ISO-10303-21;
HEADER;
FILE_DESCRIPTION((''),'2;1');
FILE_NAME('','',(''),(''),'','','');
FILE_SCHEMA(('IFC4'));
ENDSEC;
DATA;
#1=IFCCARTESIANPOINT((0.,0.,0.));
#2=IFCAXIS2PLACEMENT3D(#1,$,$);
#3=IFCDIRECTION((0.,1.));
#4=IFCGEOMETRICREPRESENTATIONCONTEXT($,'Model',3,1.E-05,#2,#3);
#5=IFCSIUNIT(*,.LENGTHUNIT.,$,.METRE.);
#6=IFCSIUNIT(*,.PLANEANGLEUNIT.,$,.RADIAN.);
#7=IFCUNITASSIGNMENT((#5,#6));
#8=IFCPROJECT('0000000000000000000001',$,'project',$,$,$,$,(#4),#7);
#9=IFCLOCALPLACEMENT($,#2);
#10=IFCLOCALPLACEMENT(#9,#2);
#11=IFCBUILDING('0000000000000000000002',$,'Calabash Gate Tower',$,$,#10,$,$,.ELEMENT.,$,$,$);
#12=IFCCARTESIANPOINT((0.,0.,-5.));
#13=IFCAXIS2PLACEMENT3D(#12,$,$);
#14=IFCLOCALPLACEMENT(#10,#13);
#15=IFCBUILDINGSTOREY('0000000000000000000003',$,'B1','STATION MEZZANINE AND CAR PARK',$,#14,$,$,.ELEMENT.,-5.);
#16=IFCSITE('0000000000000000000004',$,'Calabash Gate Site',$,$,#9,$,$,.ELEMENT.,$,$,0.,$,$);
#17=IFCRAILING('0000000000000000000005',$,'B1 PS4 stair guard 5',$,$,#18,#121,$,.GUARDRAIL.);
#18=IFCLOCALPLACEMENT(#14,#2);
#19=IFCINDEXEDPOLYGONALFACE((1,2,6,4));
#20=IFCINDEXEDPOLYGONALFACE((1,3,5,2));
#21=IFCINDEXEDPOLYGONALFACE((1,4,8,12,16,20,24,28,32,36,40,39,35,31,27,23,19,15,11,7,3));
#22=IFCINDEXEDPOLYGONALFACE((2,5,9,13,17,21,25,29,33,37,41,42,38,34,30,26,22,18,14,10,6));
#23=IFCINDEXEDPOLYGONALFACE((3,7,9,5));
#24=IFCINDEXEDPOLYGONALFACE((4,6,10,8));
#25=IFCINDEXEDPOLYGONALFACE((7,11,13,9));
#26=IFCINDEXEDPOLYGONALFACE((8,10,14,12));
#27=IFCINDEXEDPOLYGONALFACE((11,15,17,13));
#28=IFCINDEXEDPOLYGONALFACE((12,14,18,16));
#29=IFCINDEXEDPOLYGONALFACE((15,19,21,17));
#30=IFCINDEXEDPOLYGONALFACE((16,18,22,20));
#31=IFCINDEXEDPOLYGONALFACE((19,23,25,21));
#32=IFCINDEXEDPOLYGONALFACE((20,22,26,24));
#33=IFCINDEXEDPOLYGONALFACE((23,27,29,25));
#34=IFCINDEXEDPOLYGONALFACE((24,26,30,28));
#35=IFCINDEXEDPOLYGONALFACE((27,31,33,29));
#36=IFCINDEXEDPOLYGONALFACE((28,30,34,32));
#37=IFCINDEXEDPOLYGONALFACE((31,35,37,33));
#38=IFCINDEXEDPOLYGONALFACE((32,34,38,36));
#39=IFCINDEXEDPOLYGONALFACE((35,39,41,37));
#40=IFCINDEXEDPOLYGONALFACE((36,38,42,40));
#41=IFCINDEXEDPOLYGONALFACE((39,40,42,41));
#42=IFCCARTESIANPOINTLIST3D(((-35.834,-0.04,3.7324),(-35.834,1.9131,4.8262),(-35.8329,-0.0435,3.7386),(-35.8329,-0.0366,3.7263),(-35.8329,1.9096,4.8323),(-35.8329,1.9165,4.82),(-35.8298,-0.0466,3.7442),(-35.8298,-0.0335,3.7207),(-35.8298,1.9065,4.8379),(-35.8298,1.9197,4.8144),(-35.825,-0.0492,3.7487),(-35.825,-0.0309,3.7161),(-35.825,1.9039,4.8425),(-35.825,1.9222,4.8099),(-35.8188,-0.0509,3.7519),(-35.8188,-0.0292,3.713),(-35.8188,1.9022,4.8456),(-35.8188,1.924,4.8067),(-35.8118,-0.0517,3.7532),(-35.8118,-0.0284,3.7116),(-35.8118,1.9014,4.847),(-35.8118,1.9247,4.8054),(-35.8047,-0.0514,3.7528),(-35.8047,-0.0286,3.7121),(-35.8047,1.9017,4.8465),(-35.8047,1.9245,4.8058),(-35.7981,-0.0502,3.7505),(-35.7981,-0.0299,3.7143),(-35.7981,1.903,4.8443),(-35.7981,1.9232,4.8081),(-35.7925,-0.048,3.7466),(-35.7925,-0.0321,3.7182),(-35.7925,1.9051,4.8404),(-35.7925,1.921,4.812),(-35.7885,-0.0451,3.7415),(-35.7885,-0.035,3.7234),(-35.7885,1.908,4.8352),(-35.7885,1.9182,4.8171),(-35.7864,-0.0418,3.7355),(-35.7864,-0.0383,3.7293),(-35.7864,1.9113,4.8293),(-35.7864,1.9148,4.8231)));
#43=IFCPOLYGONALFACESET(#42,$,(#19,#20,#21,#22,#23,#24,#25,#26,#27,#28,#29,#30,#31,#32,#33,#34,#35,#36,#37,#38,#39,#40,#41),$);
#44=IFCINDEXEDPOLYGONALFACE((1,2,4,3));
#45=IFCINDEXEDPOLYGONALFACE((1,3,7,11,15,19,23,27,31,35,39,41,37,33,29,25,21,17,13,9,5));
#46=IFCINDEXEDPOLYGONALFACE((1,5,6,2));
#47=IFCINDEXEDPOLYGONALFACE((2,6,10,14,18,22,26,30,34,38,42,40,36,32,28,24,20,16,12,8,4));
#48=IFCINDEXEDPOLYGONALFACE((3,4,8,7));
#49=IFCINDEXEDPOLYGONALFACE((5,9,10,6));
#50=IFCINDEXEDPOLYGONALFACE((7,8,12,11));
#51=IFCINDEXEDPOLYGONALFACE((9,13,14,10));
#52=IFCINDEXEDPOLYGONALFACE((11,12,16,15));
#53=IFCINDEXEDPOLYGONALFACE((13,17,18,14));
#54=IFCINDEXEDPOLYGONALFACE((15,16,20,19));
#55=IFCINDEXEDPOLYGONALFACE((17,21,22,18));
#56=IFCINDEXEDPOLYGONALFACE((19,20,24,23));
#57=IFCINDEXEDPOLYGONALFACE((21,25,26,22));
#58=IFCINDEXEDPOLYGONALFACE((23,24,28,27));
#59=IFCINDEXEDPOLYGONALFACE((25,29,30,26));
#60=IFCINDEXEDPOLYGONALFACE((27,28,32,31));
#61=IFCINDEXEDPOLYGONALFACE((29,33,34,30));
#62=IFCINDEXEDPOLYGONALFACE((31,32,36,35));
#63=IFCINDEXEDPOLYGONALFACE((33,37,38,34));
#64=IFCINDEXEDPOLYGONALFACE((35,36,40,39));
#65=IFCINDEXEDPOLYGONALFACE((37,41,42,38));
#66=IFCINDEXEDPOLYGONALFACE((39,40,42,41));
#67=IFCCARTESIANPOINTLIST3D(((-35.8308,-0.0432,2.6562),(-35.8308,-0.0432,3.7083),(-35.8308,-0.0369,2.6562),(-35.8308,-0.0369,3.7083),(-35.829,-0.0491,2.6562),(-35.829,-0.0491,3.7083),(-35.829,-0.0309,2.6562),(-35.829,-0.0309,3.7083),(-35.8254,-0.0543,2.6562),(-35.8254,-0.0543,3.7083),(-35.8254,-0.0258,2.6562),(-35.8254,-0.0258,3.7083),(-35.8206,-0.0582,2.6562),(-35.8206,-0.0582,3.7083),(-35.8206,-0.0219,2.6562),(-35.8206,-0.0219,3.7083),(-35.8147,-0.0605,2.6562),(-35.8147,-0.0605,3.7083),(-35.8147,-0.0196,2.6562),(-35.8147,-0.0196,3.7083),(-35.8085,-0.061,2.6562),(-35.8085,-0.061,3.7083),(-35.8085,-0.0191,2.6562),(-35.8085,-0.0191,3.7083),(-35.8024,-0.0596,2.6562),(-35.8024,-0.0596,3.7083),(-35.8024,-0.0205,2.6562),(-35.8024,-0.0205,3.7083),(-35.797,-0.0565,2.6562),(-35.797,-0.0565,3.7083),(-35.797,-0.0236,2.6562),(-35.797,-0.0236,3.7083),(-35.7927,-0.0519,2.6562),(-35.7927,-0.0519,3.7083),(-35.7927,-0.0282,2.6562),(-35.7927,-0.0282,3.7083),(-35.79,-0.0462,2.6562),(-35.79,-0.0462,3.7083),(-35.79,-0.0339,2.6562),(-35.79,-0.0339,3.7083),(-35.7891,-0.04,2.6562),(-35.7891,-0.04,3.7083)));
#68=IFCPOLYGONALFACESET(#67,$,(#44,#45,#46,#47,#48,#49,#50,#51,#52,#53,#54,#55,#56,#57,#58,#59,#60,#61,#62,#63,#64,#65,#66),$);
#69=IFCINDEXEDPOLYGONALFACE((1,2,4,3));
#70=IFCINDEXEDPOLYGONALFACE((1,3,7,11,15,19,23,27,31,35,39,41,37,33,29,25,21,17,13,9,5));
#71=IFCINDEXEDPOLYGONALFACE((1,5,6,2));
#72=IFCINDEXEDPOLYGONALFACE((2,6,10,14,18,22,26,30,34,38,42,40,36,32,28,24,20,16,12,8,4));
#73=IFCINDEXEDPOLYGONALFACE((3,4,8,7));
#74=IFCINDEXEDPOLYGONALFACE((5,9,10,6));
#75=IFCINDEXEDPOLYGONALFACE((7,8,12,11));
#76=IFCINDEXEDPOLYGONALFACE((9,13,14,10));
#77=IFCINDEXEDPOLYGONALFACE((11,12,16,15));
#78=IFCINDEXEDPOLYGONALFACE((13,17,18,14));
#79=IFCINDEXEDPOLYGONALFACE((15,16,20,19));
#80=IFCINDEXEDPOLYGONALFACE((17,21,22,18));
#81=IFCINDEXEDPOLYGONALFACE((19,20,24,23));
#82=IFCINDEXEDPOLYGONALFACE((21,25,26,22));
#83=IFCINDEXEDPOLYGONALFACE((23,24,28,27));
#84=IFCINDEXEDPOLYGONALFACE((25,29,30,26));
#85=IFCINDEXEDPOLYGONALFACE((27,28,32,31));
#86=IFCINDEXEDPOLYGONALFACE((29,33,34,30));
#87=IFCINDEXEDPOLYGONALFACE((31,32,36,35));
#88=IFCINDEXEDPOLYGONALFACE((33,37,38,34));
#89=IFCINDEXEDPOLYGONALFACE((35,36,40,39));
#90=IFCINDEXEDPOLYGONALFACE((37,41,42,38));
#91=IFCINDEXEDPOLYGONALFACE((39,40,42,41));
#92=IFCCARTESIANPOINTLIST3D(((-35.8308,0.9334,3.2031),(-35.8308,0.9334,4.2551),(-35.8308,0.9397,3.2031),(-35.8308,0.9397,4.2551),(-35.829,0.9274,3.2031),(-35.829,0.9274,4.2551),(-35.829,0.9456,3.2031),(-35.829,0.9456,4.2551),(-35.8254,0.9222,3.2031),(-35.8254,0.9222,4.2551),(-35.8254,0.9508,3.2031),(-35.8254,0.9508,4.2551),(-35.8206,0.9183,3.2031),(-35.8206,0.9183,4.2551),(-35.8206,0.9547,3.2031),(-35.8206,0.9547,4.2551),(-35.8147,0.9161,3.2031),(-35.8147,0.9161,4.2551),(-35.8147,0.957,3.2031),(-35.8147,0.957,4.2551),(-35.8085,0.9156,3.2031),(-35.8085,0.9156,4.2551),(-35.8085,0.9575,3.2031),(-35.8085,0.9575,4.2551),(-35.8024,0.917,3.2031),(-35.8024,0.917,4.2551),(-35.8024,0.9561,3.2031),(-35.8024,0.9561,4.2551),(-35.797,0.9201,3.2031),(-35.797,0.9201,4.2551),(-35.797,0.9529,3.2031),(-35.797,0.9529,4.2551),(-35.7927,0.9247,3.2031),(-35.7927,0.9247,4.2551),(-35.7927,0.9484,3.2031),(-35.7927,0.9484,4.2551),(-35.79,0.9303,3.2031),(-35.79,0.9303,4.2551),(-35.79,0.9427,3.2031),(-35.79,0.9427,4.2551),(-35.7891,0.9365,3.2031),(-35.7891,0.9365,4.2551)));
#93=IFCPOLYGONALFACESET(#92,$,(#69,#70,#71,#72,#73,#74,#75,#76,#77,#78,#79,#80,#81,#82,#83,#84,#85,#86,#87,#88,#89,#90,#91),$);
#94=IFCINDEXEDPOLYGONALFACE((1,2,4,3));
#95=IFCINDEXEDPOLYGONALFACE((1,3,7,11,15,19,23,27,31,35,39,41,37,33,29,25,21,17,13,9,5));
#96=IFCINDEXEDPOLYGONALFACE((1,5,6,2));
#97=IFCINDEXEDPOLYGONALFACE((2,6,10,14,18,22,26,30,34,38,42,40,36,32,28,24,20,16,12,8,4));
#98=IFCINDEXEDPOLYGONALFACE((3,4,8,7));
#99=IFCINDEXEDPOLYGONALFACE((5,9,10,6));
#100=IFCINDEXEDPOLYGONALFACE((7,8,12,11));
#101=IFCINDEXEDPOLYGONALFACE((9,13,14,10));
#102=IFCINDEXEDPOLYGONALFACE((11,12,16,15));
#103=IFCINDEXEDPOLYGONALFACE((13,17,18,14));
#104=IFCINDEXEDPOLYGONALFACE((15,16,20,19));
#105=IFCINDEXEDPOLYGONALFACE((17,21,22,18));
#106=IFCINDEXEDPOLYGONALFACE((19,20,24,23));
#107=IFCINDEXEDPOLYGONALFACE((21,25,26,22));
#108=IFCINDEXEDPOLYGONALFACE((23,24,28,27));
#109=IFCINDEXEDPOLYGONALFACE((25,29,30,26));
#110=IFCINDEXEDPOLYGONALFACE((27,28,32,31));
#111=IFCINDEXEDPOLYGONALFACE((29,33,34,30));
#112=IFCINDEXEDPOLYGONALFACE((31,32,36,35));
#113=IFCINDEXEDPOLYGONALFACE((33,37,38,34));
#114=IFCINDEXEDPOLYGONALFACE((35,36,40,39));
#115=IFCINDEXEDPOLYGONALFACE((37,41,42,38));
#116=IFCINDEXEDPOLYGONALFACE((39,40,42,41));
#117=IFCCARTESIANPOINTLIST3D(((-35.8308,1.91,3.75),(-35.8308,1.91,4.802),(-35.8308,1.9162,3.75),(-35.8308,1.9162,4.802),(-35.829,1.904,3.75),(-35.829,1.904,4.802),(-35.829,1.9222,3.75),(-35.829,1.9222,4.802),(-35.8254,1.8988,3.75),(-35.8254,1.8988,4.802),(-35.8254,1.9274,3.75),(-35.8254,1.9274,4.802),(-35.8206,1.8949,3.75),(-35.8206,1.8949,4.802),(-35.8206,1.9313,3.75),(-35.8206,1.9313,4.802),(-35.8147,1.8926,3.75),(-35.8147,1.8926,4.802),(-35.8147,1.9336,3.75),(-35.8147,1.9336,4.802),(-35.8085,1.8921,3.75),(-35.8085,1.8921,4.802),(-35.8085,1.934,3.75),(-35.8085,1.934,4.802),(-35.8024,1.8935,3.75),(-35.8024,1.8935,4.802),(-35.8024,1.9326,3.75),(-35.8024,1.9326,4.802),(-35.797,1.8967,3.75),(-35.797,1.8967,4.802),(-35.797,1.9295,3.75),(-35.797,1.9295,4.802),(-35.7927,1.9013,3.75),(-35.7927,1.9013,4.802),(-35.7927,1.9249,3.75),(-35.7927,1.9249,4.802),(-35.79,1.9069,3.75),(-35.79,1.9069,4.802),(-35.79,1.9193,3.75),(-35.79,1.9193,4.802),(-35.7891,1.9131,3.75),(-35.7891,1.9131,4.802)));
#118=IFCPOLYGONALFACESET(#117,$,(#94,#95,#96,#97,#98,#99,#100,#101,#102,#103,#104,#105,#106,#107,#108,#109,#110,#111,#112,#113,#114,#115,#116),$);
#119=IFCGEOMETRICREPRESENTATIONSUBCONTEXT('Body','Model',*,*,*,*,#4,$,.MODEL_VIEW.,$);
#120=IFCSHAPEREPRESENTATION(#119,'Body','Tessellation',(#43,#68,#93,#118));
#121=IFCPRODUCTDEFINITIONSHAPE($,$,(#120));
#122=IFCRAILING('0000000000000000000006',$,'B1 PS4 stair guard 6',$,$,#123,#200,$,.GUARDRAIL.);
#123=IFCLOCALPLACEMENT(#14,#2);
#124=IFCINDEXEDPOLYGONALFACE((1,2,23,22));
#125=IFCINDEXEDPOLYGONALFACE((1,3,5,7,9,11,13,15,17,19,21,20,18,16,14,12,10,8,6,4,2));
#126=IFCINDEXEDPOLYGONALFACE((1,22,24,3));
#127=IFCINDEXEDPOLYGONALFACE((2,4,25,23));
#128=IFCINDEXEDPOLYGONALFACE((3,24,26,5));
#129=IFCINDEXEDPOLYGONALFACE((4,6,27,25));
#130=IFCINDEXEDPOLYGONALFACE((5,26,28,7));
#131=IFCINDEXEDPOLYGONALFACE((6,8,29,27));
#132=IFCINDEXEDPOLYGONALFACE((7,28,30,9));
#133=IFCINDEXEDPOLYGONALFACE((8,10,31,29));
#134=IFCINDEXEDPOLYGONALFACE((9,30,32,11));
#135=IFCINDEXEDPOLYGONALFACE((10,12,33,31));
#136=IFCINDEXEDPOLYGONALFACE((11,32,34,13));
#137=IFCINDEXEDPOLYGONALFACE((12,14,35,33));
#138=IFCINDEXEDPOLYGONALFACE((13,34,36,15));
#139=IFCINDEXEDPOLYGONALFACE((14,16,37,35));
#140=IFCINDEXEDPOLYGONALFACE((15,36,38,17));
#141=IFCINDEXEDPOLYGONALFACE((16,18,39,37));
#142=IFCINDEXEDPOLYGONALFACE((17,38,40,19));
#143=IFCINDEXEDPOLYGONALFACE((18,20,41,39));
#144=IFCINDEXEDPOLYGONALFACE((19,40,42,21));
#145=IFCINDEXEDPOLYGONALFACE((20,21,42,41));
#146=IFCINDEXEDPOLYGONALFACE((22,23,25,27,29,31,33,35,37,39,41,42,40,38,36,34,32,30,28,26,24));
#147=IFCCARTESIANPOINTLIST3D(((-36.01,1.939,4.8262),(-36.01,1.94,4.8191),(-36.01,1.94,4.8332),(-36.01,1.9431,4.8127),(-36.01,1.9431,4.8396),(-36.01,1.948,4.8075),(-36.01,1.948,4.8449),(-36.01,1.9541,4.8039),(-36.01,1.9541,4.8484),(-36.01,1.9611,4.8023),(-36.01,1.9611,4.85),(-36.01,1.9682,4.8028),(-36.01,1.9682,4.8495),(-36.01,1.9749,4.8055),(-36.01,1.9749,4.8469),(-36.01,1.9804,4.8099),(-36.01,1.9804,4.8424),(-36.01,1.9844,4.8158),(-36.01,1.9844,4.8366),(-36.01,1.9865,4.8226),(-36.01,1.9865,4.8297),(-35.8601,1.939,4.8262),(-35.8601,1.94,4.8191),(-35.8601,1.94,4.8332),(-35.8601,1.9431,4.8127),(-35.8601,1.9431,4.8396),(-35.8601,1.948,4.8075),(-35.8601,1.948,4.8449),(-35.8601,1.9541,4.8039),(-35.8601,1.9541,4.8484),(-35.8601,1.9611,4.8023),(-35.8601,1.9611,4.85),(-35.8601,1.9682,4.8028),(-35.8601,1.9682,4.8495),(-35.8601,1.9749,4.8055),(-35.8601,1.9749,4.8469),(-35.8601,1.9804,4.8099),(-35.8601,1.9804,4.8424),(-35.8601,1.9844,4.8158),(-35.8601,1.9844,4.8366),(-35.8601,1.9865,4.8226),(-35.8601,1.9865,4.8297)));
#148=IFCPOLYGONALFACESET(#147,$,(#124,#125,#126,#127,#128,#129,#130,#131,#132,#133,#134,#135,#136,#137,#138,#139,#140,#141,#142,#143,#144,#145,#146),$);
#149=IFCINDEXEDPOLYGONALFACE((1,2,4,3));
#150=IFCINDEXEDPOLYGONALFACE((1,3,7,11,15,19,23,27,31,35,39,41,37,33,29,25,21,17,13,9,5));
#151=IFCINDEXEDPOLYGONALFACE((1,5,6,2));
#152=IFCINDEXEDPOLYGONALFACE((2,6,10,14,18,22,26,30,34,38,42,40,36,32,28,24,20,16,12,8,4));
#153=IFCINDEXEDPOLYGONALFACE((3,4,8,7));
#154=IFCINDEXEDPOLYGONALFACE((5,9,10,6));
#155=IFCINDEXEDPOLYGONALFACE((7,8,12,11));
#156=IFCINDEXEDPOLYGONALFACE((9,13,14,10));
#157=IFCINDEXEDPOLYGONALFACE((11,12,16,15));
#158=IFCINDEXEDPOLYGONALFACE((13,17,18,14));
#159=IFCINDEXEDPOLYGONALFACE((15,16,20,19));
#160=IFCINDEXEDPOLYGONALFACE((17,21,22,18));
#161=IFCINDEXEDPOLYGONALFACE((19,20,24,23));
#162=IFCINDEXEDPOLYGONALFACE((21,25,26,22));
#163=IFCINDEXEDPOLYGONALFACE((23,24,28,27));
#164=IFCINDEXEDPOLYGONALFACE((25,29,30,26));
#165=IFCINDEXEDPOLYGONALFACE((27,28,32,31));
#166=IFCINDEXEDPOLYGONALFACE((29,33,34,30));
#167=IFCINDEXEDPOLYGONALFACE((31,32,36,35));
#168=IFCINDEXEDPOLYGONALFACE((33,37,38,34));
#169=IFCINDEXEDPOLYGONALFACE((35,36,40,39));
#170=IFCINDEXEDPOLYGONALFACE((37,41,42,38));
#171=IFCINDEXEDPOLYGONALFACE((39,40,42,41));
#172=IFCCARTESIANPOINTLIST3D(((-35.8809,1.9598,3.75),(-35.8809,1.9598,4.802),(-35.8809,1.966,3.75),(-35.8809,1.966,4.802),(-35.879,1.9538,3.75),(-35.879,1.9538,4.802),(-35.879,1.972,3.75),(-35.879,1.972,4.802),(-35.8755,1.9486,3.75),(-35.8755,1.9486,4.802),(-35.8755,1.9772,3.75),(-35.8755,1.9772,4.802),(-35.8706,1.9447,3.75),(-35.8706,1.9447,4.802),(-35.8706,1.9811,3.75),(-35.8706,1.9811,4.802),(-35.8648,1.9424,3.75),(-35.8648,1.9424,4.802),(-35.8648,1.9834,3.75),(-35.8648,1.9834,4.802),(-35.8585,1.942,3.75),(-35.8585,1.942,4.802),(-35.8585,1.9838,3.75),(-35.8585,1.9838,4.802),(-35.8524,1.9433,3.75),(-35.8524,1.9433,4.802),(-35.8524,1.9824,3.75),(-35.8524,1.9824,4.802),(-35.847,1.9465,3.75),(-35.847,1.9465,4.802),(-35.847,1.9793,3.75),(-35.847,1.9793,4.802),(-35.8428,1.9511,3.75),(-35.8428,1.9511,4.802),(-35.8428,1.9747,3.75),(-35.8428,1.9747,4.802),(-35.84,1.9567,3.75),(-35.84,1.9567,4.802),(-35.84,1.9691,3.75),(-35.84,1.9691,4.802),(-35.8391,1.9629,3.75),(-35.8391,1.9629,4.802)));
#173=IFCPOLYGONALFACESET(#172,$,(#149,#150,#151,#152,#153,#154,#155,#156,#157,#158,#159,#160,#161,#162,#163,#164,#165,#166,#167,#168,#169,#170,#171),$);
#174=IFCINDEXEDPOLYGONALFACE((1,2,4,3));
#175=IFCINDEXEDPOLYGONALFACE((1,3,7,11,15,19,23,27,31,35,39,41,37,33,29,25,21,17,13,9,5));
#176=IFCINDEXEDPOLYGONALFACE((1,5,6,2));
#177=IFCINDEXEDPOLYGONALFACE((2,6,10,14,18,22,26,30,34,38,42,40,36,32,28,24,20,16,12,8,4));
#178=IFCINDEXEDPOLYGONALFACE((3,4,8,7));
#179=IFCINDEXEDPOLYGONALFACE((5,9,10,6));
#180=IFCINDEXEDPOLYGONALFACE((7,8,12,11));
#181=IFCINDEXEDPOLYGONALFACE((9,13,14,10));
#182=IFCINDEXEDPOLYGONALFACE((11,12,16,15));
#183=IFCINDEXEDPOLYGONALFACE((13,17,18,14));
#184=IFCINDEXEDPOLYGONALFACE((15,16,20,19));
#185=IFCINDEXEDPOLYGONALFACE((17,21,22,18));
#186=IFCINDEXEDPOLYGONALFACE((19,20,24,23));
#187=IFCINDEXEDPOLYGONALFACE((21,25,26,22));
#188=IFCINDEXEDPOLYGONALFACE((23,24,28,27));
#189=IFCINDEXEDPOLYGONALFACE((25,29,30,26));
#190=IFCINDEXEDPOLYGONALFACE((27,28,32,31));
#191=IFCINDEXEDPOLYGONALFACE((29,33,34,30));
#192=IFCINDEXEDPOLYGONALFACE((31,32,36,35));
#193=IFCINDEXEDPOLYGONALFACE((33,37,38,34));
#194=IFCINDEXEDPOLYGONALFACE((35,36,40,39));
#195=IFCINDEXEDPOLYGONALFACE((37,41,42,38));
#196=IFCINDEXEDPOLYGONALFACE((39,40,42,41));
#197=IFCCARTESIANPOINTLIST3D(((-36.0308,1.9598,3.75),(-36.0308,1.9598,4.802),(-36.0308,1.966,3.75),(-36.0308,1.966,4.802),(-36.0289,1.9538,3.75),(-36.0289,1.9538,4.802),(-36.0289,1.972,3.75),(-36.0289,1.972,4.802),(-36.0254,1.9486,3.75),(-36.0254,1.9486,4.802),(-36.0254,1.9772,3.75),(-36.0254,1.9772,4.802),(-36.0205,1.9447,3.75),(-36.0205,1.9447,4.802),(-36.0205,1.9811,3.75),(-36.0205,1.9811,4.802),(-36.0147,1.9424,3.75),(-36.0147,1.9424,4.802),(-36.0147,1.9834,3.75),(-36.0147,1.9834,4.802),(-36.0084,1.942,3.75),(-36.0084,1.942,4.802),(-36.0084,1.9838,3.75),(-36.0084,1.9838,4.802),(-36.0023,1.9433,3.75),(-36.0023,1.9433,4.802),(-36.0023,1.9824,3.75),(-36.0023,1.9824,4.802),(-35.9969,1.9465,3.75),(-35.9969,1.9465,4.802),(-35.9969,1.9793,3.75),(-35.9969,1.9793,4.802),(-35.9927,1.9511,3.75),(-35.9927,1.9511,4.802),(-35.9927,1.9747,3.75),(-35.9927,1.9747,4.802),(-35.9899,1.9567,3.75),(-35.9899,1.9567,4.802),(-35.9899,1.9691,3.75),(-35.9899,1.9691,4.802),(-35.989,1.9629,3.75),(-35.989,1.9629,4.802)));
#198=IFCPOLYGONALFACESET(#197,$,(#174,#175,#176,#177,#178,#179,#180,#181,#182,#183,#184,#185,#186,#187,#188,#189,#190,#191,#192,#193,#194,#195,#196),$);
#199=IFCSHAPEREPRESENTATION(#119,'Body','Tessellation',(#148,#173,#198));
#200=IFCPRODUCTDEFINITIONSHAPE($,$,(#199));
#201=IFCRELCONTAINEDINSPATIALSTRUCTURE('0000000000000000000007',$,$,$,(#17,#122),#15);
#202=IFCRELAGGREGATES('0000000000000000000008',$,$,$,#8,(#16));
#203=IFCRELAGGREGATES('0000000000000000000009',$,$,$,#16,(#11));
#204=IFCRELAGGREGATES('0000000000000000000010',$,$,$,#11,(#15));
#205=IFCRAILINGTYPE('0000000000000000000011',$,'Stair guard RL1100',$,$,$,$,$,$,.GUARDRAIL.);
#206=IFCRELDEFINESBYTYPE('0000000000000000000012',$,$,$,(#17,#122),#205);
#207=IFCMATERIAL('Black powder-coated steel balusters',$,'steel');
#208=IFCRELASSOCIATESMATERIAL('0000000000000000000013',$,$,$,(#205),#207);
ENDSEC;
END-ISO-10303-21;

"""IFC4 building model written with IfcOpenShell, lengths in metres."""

from ifc_helpers import new_model, si_unit, direction, frame, origin, origin_2d, place, context, subcontext, project, spatial, circle, extrude, material, type_object, element, save


model = new_model("IFC4")

# Units and contexts
model_context = context("Model", 3, precision=1e-05, world=origin(), true_north=direction((0.0, 1.0)))
body_context = subcontext(model_context, "Body", "Model", "MODEL_VIEW")
ifc_project = project(units=[si_unit("LENGTHUNIT", "METRE"), si_unit("PLANEANGLEUNIT", "RADIAN")], contexts=[model_context])

# Site, building, storey
site_placement = place(None, origin())
site = spatial("IfcSite", under=ifc_project, at=site_placement, Name="Calabash Gate Site", CompositionType="ELEMENT", RefElevation=0.0)
building_placement = place(site_placement, origin())
building = spatial("IfcBuilding", under=site, at=building_placement, Name="Calabash Gate Tower", CompositionType="ELEMENT")
storey_placement = place(building_placement, frame((0.0, 0.0, -5.0)))
storey = spatial("IfcBuildingStorey", under=building, at=storey_placement, Name="B1", Description="STATION MEZZANINE AND CAR PARK", CompositionType="ELEMENT", Elevation=-5.0)

# Railings
ifc_material_1 = material(Name="Black powder-coated steel balusters", Category="steel")
railing_type_1 = type_object("IfcRailingType", Name="Stair guard RL1100", PredefinedType="GUARDRAIL", material=ifc_material_1)
railing_1_placement = place(storey_placement, frame((-35.8101, -0.04, 2.6562)))
element("IfcRailing", 1, at=railing_1_placement, inside=storey, type_object=railing_type_1, Name="B1 PS4 stair guard 5", PredefinedType="GUARDRAIL", context=body_context, shape_type="SweptSolid", body=[
    extrude(circle(Radius=0.0239, at=origin_2d()), frame((0.0, 0.0, 1.0762), z_axis=(0.0, 0.872506, 0.488603), x_axis=(-1.0, 0.0, 0.0)), (0.0, 0.0, 1.0), 2.2385),
    extrude(circle(Radius=0.021, at=origin_2d()), origin(), (0.0, 0.0, 1.0), 1.052),
    extrude(circle(Radius=0.021, at=origin_2d()), frame((0.0, 0.9766, 0.5469)), (0.0, 0.0, 1.0), 1.052),
    extrude(circle(Radius=0.021, at=origin_2d()), frame((0.0, 1.9531, 1.0938)), (0.0, 0.0, 1.0), 1.052),
])
railing_2_placement = place(storey_placement, frame((-35.8601, 1.9629, 3.75)))
element("IfcRailing", 2, at=railing_2_placement, inside=storey, type_object=railing_type_1, Name="B1 PS4 stair guard 6", PredefinedType="GUARDRAIL", context=body_context, shape_type="SweptSolid", body=[
    extrude(circle(Radius=0.0239, at=origin_2d()), frame((0.0, 0.0, 1.0762), z_axis=(-1.0, 0.0, 0.0), x_axis=(0.0, -1.0, 0.0)), (0.0, 0.0, 1.0), 0.1499),
    extrude(circle(Radius=0.021, at=origin_2d()), origin(), (0.0, 0.0, 1.0), 1.052),
    extrude(circle(Radius=0.021, at=origin_2d()), frame((-0.1499, 0.0, 0.0)), (0.0, 0.0, 1.0), 1.052),
])

save(model, "model.ifc")
